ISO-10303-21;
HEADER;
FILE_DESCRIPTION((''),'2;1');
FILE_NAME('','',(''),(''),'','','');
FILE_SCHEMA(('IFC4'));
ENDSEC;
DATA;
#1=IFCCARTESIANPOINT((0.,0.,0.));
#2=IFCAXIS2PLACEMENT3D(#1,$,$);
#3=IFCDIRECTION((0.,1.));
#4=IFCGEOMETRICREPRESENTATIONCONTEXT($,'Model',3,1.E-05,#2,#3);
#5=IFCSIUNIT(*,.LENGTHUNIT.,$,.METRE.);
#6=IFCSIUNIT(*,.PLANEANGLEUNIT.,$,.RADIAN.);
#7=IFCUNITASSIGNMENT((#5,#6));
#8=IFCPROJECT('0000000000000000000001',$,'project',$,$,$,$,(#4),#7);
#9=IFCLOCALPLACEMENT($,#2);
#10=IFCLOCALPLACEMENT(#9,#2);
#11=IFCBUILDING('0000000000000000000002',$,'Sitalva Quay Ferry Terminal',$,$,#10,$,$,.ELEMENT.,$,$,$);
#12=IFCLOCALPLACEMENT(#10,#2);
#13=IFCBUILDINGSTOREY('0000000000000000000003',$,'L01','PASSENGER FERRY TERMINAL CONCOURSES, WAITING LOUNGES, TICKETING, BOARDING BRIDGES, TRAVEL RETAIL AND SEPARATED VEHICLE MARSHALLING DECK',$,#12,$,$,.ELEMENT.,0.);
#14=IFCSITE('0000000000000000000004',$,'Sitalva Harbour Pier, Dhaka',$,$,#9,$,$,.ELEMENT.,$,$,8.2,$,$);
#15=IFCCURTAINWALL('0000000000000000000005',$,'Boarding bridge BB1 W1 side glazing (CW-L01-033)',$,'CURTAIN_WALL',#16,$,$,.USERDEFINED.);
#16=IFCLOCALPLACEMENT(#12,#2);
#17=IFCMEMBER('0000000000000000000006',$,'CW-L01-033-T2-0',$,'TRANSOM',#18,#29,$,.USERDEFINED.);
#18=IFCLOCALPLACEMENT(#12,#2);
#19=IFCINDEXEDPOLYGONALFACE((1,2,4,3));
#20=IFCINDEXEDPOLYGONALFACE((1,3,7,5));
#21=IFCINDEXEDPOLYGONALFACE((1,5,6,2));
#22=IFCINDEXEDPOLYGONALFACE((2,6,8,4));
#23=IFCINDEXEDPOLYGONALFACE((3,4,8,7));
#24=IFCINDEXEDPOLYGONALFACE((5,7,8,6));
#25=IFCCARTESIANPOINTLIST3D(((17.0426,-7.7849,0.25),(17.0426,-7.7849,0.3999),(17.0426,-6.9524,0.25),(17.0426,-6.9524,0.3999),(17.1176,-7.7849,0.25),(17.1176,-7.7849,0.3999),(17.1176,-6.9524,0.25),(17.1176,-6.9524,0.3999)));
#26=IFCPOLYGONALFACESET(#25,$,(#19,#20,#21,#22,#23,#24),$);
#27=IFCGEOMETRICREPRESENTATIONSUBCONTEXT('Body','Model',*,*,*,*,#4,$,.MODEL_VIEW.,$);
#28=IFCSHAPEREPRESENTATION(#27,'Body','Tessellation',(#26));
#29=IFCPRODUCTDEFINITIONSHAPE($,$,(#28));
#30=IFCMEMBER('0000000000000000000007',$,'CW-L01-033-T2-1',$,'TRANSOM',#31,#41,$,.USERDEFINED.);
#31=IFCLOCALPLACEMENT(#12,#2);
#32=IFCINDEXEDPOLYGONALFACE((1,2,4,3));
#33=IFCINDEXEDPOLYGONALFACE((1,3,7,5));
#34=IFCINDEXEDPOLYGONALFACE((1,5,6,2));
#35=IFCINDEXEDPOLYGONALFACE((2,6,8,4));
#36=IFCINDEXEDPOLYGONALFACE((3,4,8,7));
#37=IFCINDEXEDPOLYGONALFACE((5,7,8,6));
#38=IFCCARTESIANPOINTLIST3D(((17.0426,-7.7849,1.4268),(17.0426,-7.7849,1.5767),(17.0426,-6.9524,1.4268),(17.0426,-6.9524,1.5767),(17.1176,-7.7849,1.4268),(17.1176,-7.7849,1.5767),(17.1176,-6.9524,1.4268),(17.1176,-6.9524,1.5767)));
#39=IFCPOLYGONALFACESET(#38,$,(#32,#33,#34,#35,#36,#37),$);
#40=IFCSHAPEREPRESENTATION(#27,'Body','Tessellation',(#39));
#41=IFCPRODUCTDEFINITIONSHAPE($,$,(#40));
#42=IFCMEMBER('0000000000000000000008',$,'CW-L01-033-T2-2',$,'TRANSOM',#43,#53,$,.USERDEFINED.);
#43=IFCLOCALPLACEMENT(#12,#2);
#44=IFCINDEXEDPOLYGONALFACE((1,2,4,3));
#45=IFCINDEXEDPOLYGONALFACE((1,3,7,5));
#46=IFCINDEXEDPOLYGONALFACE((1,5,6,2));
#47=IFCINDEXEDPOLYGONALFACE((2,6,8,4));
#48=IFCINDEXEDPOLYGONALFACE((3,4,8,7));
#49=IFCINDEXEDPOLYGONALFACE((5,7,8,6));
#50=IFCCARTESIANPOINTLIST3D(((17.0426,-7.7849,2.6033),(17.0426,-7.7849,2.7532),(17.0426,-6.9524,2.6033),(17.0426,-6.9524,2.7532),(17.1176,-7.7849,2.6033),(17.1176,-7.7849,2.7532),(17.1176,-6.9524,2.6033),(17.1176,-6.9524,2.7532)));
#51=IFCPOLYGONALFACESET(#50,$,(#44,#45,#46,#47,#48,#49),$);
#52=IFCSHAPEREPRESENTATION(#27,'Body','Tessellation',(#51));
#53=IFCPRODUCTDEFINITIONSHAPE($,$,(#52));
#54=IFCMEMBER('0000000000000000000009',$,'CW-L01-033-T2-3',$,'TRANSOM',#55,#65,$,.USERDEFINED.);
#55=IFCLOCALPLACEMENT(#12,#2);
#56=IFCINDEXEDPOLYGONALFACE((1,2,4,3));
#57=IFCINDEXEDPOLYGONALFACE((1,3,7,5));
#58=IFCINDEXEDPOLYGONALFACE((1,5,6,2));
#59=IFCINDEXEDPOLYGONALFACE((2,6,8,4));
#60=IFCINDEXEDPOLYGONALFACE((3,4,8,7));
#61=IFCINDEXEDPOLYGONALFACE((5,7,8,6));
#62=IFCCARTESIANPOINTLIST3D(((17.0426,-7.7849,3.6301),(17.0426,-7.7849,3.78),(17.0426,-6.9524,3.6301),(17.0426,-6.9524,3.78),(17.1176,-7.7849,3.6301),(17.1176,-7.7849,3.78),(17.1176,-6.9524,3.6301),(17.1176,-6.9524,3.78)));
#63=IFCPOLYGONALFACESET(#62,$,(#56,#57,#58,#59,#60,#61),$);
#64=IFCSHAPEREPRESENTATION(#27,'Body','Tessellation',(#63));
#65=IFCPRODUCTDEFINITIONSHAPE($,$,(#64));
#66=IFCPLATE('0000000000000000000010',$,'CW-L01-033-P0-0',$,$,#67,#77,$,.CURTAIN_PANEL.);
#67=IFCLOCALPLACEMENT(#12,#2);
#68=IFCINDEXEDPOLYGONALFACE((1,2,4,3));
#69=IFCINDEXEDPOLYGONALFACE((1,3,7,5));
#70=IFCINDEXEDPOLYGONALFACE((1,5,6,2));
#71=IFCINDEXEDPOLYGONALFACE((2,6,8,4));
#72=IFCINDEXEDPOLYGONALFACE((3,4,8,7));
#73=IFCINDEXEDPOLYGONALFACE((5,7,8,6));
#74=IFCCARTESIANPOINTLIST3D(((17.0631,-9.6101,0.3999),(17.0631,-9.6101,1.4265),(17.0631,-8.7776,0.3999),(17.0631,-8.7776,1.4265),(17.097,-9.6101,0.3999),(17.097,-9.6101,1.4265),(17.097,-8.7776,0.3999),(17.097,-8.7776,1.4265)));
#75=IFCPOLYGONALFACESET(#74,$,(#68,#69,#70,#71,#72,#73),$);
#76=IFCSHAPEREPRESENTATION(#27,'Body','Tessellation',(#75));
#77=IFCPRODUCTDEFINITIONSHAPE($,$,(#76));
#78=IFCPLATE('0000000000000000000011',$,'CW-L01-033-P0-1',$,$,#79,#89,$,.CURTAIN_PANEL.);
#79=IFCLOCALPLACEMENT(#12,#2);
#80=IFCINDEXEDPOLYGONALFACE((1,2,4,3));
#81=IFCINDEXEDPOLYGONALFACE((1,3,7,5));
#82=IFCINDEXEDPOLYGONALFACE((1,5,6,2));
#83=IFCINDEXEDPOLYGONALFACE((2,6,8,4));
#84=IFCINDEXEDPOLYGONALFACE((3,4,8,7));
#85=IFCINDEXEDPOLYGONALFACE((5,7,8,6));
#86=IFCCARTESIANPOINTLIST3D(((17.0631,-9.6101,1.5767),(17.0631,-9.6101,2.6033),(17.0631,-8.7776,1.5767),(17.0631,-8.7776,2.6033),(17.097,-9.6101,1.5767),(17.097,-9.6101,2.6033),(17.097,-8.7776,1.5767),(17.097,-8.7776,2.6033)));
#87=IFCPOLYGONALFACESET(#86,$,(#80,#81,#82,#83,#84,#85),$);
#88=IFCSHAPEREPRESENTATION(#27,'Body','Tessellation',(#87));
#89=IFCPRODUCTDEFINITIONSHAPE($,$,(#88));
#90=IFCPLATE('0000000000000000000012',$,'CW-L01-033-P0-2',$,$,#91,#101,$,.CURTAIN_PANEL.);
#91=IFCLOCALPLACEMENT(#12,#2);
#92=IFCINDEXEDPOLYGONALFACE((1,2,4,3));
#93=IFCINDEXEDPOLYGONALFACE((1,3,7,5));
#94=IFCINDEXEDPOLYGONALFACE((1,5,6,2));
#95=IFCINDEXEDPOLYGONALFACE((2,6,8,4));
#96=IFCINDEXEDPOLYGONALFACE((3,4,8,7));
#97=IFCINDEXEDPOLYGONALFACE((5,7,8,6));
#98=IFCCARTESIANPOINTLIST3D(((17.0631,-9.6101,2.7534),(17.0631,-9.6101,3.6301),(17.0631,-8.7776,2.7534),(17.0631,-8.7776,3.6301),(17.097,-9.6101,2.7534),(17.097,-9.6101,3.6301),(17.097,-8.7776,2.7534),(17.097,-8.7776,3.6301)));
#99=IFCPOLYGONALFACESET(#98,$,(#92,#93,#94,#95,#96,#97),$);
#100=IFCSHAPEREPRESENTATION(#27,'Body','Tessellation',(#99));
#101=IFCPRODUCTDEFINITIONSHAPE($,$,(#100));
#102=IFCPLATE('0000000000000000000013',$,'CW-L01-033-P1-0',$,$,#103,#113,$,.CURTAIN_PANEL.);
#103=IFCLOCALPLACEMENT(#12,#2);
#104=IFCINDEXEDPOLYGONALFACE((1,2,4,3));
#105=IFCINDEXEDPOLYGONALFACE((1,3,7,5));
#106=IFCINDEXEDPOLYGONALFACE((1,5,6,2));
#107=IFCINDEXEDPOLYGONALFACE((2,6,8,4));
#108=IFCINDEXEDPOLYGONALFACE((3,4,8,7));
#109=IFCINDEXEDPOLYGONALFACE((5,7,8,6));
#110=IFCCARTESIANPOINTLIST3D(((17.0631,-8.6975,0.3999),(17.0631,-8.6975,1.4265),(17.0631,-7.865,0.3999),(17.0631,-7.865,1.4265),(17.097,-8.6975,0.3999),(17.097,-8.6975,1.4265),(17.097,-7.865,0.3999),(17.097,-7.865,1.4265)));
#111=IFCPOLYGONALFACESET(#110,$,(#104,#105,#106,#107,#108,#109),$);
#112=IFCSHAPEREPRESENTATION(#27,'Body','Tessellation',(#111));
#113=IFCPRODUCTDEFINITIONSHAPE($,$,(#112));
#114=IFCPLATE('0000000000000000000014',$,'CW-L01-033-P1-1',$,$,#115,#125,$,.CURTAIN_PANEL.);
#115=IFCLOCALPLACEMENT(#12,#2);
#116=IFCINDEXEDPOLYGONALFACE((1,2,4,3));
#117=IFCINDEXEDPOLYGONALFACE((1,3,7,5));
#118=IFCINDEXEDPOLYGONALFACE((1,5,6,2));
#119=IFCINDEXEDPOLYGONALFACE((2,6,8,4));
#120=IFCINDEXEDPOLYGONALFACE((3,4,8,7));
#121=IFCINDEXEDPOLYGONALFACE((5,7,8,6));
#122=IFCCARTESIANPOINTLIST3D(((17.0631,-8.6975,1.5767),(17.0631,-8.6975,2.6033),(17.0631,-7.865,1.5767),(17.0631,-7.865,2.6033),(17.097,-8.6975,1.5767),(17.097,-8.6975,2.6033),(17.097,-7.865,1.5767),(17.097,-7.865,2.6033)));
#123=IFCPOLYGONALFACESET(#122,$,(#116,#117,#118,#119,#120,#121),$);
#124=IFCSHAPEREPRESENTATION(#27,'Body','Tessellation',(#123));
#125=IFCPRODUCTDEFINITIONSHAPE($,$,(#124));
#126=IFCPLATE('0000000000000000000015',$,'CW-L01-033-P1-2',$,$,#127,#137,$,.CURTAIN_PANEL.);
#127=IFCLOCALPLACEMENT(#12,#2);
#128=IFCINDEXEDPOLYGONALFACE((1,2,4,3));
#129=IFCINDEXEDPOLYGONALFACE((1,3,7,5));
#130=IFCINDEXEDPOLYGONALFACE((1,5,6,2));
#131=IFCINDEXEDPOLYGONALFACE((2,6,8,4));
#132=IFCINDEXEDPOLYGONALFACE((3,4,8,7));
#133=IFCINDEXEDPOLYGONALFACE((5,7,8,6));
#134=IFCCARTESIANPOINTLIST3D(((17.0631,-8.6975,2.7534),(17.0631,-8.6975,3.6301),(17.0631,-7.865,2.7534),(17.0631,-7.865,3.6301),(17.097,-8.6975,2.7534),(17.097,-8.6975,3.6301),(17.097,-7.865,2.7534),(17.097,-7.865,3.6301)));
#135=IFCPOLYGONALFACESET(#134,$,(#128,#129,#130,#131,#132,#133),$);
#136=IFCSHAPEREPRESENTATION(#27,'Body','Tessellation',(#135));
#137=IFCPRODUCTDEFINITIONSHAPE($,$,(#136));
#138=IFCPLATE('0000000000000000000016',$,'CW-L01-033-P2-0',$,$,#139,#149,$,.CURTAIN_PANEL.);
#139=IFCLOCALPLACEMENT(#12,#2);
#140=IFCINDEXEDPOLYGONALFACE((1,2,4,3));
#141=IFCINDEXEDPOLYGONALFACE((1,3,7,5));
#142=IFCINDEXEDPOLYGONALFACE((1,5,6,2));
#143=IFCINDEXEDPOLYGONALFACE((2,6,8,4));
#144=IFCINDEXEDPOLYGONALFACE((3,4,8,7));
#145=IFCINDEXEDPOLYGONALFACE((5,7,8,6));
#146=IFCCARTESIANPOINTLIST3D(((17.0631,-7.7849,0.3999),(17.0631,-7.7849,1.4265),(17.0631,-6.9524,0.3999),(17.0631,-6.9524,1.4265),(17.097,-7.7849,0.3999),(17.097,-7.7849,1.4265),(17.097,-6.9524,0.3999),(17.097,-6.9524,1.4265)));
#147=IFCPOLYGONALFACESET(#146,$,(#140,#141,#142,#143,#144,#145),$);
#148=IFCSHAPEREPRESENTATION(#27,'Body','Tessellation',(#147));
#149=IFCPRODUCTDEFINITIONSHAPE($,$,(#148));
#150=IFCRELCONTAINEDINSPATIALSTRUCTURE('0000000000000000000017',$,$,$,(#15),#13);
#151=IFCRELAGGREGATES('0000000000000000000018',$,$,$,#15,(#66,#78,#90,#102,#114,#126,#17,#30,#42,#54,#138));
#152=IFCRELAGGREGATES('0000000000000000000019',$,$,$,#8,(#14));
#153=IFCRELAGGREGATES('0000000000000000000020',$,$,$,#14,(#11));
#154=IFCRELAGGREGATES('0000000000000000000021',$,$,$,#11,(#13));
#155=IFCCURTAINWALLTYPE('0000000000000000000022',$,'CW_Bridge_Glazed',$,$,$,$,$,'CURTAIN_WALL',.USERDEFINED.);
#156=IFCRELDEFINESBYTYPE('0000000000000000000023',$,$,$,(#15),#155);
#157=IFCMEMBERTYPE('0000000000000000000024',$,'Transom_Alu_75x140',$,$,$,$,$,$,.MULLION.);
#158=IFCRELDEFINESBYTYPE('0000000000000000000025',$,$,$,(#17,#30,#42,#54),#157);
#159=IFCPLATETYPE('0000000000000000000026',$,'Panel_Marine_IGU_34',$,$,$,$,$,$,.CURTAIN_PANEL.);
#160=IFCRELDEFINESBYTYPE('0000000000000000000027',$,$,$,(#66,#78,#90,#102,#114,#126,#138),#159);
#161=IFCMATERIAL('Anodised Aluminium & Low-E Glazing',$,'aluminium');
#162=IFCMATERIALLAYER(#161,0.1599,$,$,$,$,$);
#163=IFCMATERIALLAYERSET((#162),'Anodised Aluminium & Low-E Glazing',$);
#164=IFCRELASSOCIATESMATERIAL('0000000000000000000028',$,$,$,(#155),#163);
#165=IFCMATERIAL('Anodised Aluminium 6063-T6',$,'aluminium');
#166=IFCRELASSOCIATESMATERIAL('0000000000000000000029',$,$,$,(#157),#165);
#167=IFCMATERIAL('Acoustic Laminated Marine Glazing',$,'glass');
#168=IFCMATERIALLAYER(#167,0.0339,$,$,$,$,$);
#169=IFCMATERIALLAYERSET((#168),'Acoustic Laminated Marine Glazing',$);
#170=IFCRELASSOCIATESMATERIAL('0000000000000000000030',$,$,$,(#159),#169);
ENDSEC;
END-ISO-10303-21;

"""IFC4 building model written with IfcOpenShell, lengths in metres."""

from ifc_helpers import new_model, si_unit, direction, frame, origin, origin_2d, place, context, subcontext, project, spatial, rectangle, extrude, material, layer, layer_set, material_profile, profile_set, type_object, element, aggregate, save


model = new_model("IFC4")

# Units and contexts
model_context = context("Model", 3, precision=1e-05, world=origin(), true_north=direction((0.0, 1.0)))
body_context = subcontext(model_context, "Body", "Model", "MODEL_VIEW")
ifc_project = project(units=[si_unit("LENGTHUNIT", "METRE"), si_unit("PLANEANGLEUNIT", "RADIAN")], contexts=[model_context])

# Site, building, storey
site_placement = place(None, origin())
site = spatial("IfcSite", under=ifc_project, at=site_placement, Name="Sitalva Harbour Pier, Dhaka", CompositionType="ELEMENT", RefElevation=8.2)
building_placement = place(site_placement, origin())
building = spatial("IfcBuilding", under=site, at=building_placement, Name="Sitalva Quay Ferry Terminal", CompositionType="ELEMENT")
storey_placement = place(building_placement, origin())
storey = spatial("IfcBuildingStorey", under=building, at=storey_placement, Name="L01", Description="PASSENGER FERRY TERMINAL CONCOURSES, WAITING LOUNGES, TICKETING, BOARDING BRIDGES, TRAVEL RETAIL AND SEPARATED VEHICLE MARSHALLING DECK", CompositionType="ELEMENT", Elevation=0.0)

# Curtain wall
ifc_material_1 = material(Name="Anodised Aluminium & Low-E Glazing", Category="aluminium")
ifc_layer_1 = layer(ifc_material_1, 0.1599)
ifc_layer_set_1 = layer_set([ifc_layer_1], Name="Anodised Aluminium & Low-E Glazing")
curtain_wall_type = type_object("IfcCurtainWallType", Name="CW_Bridge_Glazed", ElementType="CURTAIN_WALL", PredefinedType="USERDEFINED", material=ifc_layer_set_1)
curtain_wall_placement = place(storey_placement, origin())
curtain_wall = element("IfcCurtainWall", 1, at=curtain_wall_placement, inside=storey, type_object=curtain_wall_type, Name="Boarding bridge BB1 W1 side glazing (CW-L01-033)", ObjectType="CURTAIN_WALL", PredefinedType="USERDEFINED")

# Members
ifc_material_2 = material(Name="Anodised Aluminium 6063-T6", Category="aluminium")
ifc_material_profile_1 = material_profile(ifc_material_2, rectangle(XDim=0.075, YDim=0.1499, at=origin_2d()), Name="ALU75x150")
ifc_profile_set_1 = profile_set([ifc_material_profile_1], Name="Anodised Aluminium 6063-T6")
member_type_1 = type_object("IfcMemberType", Name="Transom_Alu_75x140", PredefinedType="MULLION", material=ifc_profile_set_1)
member_1_placement = place(storey_placement, frame((17.0801, -7.7849, 0.325), z_axis=(0.0, 1.0, 0.0), x_axis=(-1.0, 0.0, 0.0)))
member_1 = element("IfcMember", 2, at=member_1_placement, type_object=member_type_1, Name="CW-L01-033-T2-0", ObjectType="TRANSOM", PredefinedType="USERDEFINED", context=body_context, shape_type="SweptSolid", body=[
    extrude(rectangle(XDim=0.075, YDim=0.1499, at=origin_2d()), origin(), (0.0, 0.0, 1.0), 0.8325),
])
member_2_placement = place(storey_placement, frame((17.0801, -7.7849, 1.5017), z_axis=(0.0, 1.0, 0.0), x_axis=(-1.0, 0.0, 0.0)))
member_2 = element("IfcMember", 3, at=member_2_placement, type_object=member_type_1, Name="CW-L01-033-T2-1", ObjectType="TRANSOM", PredefinedType="USERDEFINED", context=body_context, shape_type="SweptSolid", body=[
    extrude(rectangle(XDim=0.075, YDim=0.1499, at=origin_2d()), origin(), (0.0, 0.0, 1.0), 0.8325),
])
member_3_placement = place(storey_placement, frame((17.0801, -7.7849, 2.6782), z_axis=(0.0, 1.0, 0.0), x_axis=(-1.0, 0.0, 0.0)))
member_3 = element("IfcMember", 4, at=member_3_placement, type_object=member_type_1, Name="CW-L01-033-T2-2", ObjectType="TRANSOM", PredefinedType="USERDEFINED", context=body_context, shape_type="SweptSolid", body=[
    extrude(rectangle(XDim=0.075, YDim=0.1499, at=origin_2d()), origin(), (0.0, 0.0, 1.0), 0.8325),
])
member_4_placement = place(storey_placement, frame((17.0801, -7.7849, 3.7051), z_axis=(0.0, 1.0, 0.0), x_axis=(-1.0, 0.0, 0.0)))
member_4 = element("IfcMember", 5, at=member_4_placement, type_object=member_type_1, Name="CW-L01-033-T2-3", ObjectType="TRANSOM", PredefinedType="USERDEFINED", context=body_context, shape_type="SweptSolid", body=[
    extrude(rectangle(XDim=0.075, YDim=0.1499, at=origin_2d()), origin(), (0.0, 0.0, 1.0), 0.8325),
])

# Plates
ifc_material_3 = material(Name="Acoustic Laminated Marine Glazing", Category="glass")
ifc_layer_2 = layer(ifc_material_3, 0.0339)
ifc_layer_set_2 = layer_set([ifc_layer_2], Name="Acoustic Laminated Marine Glazing")
plate_type = type_object("IfcPlateType", Name="Panel_Marine_IGU_34", PredefinedType="CURTAIN_PANEL", material=ifc_layer_set_2)
plate_1_placement = place(storey_placement, frame((17.0801, -9.1938, 0.3999), z_axis=(0.0, 0.0, 1.0), x_axis=(0.0, 1.0, 0.0)))
plate_1 = element("IfcPlate", 6, at=plate_1_placement, type_object=plate_type, Name="CW-L01-033-P0-0", PredefinedType="CURTAIN_PANEL", context=body_context, shape_type="SweptSolid", body=[
    extrude(rectangle(XDim=0.8325, YDim=0.0339, at=origin_2d()), origin(), (0.0, 0.0, 1.0), 1.0266),
])
plate_2_placement = place(storey_placement, frame((17.0801, -9.1938, 1.5767), z_axis=(0.0, 0.0, 1.0), x_axis=(0.0, 1.0, 0.0)))
plate_2 = element("IfcPlate", 7, at=plate_2_placement, type_object=plate_type, Name="CW-L01-033-P0-1", PredefinedType="CURTAIN_PANEL", context=body_context, shape_type="SweptSolid", body=[
    extrude(rectangle(XDim=0.8325, YDim=0.0339, at=origin_2d()), origin(), (0.0, 0.0, 1.0), 1.0266),
])
plate_3_placement = place(storey_placement, frame((17.0801, -9.1938, 2.7534), z_axis=(0.0, 0.0, 1.0), x_axis=(0.0, 1.0, 0.0)))
plate_3 = element("IfcPlate", 8, at=plate_3_placement, type_object=plate_type, Name="CW-L01-033-P0-2", PredefinedType="CURTAIN_PANEL", context=body_context, shape_type="SweptSolid", body=[
    extrude(rectangle(XDim=0.8325, YDim=0.0339, at=origin_2d()), origin(), (0.0, 0.0, 1.0), 0.8767),
])
plate_4_placement = place(storey_placement, frame((17.0801, -8.2812, 0.3999), z_axis=(0.0, 0.0, 1.0), x_axis=(0.0, 1.0, 0.0)))
plate_4 = element("IfcPlate", 9, at=plate_4_placement, type_object=plate_type, Name="CW-L01-033-P1-0", PredefinedType="CURTAIN_PANEL", context=body_context, shape_type="SweptSolid", body=[
    extrude(rectangle(XDim=0.8325, YDim=0.0339, at=origin_2d()), origin(), (0.0, 0.0, 1.0), 1.0266),
])
plate_5_placement = place(storey_placement, frame((17.0801, -8.2812, 1.5767), z_axis=(0.0, 0.0, 1.0), x_axis=(0.0, 1.0, 0.0)))
plate_5 = element("IfcPlate", 10, at=plate_5_placement, type_object=plate_type, Name="CW-L01-033-P1-1", PredefinedType="CURTAIN_PANEL", context=body_context, shape_type="SweptSolid", body=[
    extrude(rectangle(XDim=0.8325, YDim=0.0339, at=origin_2d()), origin(), (0.0, 0.0, 1.0), 1.0266),
])
plate_6_placement = place(storey_placement, frame((17.0801, -8.2812, 2.7534), z_axis=(0.0, 0.0, 1.0), x_axis=(0.0, 1.0, 0.0)))
plate_6 = element("IfcPlate", 11, at=plate_6_placement, type_object=plate_type, Name="CW-L01-033-P1-2", PredefinedType="CURTAIN_PANEL", context=body_context, shape_type="SweptSolid", body=[
    extrude(rectangle(XDim=0.8325, YDim=0.0339, at=origin_2d()), origin(), (0.0, 0.0, 1.0), 0.8767),
])
plate_7_placement = place(storey_placement, frame((17.0801, -7.3687, 0.3999), z_axis=(0.0, 0.0, 1.0), x_axis=(0.0, 1.0, 0.0)))
plate_7 = element("IfcPlate", 12, at=plate_7_placement, type_object=plate_type, Name="CW-L01-033-P2-0", PredefinedType="CURTAIN_PANEL", context=body_context, shape_type="SweptSolid", body=[
    extrude(rectangle(XDim=0.8325, YDim=0.0339, at=origin_2d()), origin(), (0.0, 0.0, 1.0), 1.0266),
])
aggregate(curtain_wall, [plate_1, plate_2, plate_3, plate_4, plate_5, plate_6, member_1, member_2, member_3, member_4, plate_7])

save(model, "model.ifc")
